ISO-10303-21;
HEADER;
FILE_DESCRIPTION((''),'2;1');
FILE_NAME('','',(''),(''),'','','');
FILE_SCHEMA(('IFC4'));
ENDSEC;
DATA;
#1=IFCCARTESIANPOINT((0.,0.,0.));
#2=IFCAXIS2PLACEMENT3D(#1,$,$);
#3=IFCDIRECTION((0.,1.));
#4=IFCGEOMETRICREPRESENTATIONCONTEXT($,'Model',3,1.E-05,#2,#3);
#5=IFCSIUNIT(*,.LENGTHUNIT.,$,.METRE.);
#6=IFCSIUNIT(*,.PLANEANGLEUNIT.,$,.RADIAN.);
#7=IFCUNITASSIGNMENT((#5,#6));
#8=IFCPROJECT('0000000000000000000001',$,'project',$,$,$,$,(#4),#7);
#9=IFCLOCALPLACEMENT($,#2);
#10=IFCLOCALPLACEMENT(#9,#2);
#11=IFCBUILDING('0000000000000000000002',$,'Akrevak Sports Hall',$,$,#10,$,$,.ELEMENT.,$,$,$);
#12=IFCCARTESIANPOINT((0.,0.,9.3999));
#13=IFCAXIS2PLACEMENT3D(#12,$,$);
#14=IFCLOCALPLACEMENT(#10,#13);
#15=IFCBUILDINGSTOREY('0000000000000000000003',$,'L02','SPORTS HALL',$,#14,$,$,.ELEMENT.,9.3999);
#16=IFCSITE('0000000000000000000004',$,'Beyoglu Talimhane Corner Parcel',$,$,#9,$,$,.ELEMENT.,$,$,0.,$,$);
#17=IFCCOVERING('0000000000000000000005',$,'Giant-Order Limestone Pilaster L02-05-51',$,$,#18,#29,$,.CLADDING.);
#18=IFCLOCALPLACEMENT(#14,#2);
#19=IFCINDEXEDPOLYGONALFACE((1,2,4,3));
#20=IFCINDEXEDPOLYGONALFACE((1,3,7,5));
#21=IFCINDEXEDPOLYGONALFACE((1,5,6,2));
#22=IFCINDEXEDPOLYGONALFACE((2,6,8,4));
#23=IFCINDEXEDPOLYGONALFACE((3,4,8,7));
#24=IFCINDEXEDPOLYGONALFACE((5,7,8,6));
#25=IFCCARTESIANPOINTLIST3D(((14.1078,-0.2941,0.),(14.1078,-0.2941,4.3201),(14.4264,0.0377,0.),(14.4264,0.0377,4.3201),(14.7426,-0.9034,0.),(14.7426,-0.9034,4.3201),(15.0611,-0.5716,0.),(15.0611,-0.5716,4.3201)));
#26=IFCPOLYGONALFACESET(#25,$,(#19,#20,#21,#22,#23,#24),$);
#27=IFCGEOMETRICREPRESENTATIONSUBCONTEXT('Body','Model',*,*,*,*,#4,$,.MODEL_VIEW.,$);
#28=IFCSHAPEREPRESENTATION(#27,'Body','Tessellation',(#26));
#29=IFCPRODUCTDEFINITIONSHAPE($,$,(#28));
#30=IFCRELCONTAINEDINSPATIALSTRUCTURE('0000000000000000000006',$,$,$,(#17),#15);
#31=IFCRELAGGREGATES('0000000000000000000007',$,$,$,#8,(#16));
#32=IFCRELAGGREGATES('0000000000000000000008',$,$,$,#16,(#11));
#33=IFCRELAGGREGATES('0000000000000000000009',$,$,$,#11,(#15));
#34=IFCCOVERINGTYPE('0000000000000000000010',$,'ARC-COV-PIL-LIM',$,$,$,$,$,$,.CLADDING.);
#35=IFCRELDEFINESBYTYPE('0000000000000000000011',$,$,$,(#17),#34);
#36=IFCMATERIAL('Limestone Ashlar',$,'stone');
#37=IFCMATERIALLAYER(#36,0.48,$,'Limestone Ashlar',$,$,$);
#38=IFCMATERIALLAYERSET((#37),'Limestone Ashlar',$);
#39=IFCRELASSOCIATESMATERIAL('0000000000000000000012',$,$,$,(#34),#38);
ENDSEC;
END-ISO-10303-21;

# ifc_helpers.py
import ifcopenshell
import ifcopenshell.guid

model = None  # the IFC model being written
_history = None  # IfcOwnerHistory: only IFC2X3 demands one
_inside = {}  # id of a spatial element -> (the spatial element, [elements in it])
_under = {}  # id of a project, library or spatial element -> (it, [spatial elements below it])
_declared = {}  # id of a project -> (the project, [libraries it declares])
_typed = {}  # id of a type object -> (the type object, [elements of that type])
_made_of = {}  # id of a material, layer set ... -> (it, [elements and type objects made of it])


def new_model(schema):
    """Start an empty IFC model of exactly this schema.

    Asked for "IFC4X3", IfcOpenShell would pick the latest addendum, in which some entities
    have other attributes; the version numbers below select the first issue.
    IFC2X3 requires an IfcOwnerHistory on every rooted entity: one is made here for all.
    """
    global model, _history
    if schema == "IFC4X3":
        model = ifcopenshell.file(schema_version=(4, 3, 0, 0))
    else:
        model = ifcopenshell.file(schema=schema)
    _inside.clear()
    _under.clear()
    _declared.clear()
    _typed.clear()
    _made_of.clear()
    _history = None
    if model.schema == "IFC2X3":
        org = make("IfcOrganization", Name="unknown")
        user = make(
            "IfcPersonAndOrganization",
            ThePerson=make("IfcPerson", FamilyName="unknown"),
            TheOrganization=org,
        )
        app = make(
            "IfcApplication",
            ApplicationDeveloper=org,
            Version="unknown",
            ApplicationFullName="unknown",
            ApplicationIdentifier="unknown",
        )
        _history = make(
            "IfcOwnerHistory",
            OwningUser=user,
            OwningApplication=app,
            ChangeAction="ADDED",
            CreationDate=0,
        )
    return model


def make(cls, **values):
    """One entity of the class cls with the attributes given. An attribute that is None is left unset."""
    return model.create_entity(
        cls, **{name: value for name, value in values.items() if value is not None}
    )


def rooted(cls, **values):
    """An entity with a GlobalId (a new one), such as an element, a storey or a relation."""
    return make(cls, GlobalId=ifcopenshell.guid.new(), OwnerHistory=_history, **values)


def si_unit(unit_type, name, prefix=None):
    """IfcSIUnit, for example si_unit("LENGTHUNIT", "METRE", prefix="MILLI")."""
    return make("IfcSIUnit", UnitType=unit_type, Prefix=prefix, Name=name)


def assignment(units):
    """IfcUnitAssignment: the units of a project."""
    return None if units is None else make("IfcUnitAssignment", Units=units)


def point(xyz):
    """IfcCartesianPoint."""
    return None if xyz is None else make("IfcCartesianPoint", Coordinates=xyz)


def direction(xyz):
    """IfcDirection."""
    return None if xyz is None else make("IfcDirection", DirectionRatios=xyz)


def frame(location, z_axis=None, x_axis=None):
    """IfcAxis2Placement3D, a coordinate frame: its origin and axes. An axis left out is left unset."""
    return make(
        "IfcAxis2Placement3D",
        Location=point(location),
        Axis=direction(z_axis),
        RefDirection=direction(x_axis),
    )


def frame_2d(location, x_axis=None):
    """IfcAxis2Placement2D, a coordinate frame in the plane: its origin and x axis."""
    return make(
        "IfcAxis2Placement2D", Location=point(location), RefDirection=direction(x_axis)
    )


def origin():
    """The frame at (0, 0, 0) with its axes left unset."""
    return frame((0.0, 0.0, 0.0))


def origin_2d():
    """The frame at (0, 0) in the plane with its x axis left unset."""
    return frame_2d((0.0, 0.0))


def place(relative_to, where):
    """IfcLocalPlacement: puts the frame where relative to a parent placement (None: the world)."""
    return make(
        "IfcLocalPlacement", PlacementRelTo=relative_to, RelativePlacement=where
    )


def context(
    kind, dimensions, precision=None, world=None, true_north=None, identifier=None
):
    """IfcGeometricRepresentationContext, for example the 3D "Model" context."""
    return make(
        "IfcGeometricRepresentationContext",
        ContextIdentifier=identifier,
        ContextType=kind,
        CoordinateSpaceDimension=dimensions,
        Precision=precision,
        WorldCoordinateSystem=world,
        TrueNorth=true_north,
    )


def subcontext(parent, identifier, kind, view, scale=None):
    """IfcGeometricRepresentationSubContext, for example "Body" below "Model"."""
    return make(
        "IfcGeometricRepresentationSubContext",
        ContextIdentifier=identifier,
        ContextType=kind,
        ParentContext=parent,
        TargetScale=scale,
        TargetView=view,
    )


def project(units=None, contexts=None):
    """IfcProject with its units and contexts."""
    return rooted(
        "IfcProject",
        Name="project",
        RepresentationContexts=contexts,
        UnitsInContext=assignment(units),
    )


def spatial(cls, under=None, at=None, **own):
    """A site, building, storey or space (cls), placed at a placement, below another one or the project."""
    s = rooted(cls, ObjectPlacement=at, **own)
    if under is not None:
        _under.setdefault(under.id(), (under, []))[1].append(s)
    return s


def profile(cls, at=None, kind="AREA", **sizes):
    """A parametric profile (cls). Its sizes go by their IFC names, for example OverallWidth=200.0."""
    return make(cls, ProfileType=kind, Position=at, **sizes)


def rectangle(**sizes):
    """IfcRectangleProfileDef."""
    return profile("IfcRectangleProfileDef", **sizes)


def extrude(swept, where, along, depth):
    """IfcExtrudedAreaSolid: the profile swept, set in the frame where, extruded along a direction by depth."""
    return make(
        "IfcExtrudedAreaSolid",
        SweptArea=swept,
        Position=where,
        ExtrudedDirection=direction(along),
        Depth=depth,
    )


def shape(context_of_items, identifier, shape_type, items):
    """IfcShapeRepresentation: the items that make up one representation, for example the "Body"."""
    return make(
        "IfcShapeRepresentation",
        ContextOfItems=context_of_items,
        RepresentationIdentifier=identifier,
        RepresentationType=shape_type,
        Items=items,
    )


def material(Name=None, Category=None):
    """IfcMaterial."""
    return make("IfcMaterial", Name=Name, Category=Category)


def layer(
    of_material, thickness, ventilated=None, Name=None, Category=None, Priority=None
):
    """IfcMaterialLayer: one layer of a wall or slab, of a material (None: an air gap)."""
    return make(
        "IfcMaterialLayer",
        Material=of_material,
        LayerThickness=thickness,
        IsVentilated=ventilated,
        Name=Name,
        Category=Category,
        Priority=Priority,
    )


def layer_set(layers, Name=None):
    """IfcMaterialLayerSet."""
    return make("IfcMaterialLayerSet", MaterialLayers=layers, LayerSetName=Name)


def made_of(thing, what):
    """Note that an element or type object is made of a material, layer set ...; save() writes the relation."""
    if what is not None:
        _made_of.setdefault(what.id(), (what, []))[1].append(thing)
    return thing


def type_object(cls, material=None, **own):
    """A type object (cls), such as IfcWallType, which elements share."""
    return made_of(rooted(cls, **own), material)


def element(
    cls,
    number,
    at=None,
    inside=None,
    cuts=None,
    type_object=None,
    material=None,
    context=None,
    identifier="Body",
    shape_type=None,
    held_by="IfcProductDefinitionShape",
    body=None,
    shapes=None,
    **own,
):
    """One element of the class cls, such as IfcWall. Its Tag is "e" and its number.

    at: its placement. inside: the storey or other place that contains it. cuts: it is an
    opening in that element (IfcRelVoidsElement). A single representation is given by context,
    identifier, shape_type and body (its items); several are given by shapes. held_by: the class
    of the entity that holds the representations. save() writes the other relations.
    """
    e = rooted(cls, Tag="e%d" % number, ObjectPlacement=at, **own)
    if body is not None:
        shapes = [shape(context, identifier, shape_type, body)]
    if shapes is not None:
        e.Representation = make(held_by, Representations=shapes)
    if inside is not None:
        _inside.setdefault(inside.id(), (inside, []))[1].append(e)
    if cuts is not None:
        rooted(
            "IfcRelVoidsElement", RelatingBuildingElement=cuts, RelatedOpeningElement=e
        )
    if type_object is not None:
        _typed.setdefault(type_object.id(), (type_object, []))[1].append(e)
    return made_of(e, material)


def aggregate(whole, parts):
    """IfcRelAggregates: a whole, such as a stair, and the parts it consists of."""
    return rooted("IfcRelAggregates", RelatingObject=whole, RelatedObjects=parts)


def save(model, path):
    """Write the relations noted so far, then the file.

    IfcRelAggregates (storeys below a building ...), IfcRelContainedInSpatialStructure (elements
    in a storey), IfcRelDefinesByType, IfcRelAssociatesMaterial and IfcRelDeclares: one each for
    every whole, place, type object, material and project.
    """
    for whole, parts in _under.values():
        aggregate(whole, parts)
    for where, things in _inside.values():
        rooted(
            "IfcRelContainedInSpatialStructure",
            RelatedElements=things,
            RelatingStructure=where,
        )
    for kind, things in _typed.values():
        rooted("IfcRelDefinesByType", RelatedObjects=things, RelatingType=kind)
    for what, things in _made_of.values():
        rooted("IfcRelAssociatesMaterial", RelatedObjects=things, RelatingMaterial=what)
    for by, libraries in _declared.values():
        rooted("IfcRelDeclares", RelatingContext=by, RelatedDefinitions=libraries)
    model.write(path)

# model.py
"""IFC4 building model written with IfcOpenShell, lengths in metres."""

from ifc_helpers import new_model, si_unit, direction, frame, origin, origin_2d, place, context, subcontext, project, spatial, rectangle, extrude, material, layer, layer_set, type_object, element, save


model = new_model("IFC4")

# Units and contexts
model_context = context("Model", 3, precision=1e-05, world=origin(), true_north=direction((0.0, 1.0)))
body_context = subcontext(model_context, "Body", "Model", "MODEL_VIEW")
ifc_project = project(units=[si_unit("LENGTHUNIT", "METRE"), si_unit("PLANEANGLEUNIT", "RADIAN")], contexts=[model_context])

# Site, building, storey
site_placement = place(None, origin())
site = spatial("IfcSite", under=ifc_project, at=site_placement, Name="Beyoglu Talimhane Corner Parcel", CompositionType="ELEMENT", RefElevation=0.0)
building_placement = place(site_placement, origin())
building = spatial("IfcBuilding", under=site, at=building_placement, Name="Akrevak Sports Hall", CompositionType="ELEMENT")
storey_placement = place(building_placement, frame((0.0, 0.0, 9.3999)))
storey = spatial("IfcBuildingStorey", under=building, at=storey_placement, Name="L02", Description="SPORTS HALL", CompositionType="ELEMENT", Elevation=9.3999)

# Shared definitions
ifc_material_1 = material(Name="Limestone Ashlar", Category="stone")

# Covering
ifc_layer_1 = layer(ifc_material_1, 0.48, Name="Limestone Ashlar")
ifc_layer_set_1 = layer_set([ifc_layer_1], Name="Limestone Ashlar")
covering_type = type_object("IfcCoveringType", Name="ARC-COV-PIL-LIM", PredefinedType="CLADDING", material=ifc_layer_set_1)
for number, where, z_axis, x_axis, name in (
    (1, (14.5845, -0.4329, 0.0), (0.0, 0.0, 1.0), (0.721386, -0.692534, 0.0), "Giant-Order Limestone Pilaster L02-05-51"),
):
    element("IfcCovering", number, at=place(storey_placement, frame(where, z_axis=z_axis, x_axis=x_axis)), inside=storey, type_object=covering_type, Name=name, PredefinedType="CLADDING", context=body_context, shape_type="SweptSolid", body=[
        extrude(rectangle(XDim=0.8799, YDim=0.46, at=origin_2d()), origin(), (0.0, 0.0, 1.0), 4.3201),
    ])

save(model, "model.ifc")
